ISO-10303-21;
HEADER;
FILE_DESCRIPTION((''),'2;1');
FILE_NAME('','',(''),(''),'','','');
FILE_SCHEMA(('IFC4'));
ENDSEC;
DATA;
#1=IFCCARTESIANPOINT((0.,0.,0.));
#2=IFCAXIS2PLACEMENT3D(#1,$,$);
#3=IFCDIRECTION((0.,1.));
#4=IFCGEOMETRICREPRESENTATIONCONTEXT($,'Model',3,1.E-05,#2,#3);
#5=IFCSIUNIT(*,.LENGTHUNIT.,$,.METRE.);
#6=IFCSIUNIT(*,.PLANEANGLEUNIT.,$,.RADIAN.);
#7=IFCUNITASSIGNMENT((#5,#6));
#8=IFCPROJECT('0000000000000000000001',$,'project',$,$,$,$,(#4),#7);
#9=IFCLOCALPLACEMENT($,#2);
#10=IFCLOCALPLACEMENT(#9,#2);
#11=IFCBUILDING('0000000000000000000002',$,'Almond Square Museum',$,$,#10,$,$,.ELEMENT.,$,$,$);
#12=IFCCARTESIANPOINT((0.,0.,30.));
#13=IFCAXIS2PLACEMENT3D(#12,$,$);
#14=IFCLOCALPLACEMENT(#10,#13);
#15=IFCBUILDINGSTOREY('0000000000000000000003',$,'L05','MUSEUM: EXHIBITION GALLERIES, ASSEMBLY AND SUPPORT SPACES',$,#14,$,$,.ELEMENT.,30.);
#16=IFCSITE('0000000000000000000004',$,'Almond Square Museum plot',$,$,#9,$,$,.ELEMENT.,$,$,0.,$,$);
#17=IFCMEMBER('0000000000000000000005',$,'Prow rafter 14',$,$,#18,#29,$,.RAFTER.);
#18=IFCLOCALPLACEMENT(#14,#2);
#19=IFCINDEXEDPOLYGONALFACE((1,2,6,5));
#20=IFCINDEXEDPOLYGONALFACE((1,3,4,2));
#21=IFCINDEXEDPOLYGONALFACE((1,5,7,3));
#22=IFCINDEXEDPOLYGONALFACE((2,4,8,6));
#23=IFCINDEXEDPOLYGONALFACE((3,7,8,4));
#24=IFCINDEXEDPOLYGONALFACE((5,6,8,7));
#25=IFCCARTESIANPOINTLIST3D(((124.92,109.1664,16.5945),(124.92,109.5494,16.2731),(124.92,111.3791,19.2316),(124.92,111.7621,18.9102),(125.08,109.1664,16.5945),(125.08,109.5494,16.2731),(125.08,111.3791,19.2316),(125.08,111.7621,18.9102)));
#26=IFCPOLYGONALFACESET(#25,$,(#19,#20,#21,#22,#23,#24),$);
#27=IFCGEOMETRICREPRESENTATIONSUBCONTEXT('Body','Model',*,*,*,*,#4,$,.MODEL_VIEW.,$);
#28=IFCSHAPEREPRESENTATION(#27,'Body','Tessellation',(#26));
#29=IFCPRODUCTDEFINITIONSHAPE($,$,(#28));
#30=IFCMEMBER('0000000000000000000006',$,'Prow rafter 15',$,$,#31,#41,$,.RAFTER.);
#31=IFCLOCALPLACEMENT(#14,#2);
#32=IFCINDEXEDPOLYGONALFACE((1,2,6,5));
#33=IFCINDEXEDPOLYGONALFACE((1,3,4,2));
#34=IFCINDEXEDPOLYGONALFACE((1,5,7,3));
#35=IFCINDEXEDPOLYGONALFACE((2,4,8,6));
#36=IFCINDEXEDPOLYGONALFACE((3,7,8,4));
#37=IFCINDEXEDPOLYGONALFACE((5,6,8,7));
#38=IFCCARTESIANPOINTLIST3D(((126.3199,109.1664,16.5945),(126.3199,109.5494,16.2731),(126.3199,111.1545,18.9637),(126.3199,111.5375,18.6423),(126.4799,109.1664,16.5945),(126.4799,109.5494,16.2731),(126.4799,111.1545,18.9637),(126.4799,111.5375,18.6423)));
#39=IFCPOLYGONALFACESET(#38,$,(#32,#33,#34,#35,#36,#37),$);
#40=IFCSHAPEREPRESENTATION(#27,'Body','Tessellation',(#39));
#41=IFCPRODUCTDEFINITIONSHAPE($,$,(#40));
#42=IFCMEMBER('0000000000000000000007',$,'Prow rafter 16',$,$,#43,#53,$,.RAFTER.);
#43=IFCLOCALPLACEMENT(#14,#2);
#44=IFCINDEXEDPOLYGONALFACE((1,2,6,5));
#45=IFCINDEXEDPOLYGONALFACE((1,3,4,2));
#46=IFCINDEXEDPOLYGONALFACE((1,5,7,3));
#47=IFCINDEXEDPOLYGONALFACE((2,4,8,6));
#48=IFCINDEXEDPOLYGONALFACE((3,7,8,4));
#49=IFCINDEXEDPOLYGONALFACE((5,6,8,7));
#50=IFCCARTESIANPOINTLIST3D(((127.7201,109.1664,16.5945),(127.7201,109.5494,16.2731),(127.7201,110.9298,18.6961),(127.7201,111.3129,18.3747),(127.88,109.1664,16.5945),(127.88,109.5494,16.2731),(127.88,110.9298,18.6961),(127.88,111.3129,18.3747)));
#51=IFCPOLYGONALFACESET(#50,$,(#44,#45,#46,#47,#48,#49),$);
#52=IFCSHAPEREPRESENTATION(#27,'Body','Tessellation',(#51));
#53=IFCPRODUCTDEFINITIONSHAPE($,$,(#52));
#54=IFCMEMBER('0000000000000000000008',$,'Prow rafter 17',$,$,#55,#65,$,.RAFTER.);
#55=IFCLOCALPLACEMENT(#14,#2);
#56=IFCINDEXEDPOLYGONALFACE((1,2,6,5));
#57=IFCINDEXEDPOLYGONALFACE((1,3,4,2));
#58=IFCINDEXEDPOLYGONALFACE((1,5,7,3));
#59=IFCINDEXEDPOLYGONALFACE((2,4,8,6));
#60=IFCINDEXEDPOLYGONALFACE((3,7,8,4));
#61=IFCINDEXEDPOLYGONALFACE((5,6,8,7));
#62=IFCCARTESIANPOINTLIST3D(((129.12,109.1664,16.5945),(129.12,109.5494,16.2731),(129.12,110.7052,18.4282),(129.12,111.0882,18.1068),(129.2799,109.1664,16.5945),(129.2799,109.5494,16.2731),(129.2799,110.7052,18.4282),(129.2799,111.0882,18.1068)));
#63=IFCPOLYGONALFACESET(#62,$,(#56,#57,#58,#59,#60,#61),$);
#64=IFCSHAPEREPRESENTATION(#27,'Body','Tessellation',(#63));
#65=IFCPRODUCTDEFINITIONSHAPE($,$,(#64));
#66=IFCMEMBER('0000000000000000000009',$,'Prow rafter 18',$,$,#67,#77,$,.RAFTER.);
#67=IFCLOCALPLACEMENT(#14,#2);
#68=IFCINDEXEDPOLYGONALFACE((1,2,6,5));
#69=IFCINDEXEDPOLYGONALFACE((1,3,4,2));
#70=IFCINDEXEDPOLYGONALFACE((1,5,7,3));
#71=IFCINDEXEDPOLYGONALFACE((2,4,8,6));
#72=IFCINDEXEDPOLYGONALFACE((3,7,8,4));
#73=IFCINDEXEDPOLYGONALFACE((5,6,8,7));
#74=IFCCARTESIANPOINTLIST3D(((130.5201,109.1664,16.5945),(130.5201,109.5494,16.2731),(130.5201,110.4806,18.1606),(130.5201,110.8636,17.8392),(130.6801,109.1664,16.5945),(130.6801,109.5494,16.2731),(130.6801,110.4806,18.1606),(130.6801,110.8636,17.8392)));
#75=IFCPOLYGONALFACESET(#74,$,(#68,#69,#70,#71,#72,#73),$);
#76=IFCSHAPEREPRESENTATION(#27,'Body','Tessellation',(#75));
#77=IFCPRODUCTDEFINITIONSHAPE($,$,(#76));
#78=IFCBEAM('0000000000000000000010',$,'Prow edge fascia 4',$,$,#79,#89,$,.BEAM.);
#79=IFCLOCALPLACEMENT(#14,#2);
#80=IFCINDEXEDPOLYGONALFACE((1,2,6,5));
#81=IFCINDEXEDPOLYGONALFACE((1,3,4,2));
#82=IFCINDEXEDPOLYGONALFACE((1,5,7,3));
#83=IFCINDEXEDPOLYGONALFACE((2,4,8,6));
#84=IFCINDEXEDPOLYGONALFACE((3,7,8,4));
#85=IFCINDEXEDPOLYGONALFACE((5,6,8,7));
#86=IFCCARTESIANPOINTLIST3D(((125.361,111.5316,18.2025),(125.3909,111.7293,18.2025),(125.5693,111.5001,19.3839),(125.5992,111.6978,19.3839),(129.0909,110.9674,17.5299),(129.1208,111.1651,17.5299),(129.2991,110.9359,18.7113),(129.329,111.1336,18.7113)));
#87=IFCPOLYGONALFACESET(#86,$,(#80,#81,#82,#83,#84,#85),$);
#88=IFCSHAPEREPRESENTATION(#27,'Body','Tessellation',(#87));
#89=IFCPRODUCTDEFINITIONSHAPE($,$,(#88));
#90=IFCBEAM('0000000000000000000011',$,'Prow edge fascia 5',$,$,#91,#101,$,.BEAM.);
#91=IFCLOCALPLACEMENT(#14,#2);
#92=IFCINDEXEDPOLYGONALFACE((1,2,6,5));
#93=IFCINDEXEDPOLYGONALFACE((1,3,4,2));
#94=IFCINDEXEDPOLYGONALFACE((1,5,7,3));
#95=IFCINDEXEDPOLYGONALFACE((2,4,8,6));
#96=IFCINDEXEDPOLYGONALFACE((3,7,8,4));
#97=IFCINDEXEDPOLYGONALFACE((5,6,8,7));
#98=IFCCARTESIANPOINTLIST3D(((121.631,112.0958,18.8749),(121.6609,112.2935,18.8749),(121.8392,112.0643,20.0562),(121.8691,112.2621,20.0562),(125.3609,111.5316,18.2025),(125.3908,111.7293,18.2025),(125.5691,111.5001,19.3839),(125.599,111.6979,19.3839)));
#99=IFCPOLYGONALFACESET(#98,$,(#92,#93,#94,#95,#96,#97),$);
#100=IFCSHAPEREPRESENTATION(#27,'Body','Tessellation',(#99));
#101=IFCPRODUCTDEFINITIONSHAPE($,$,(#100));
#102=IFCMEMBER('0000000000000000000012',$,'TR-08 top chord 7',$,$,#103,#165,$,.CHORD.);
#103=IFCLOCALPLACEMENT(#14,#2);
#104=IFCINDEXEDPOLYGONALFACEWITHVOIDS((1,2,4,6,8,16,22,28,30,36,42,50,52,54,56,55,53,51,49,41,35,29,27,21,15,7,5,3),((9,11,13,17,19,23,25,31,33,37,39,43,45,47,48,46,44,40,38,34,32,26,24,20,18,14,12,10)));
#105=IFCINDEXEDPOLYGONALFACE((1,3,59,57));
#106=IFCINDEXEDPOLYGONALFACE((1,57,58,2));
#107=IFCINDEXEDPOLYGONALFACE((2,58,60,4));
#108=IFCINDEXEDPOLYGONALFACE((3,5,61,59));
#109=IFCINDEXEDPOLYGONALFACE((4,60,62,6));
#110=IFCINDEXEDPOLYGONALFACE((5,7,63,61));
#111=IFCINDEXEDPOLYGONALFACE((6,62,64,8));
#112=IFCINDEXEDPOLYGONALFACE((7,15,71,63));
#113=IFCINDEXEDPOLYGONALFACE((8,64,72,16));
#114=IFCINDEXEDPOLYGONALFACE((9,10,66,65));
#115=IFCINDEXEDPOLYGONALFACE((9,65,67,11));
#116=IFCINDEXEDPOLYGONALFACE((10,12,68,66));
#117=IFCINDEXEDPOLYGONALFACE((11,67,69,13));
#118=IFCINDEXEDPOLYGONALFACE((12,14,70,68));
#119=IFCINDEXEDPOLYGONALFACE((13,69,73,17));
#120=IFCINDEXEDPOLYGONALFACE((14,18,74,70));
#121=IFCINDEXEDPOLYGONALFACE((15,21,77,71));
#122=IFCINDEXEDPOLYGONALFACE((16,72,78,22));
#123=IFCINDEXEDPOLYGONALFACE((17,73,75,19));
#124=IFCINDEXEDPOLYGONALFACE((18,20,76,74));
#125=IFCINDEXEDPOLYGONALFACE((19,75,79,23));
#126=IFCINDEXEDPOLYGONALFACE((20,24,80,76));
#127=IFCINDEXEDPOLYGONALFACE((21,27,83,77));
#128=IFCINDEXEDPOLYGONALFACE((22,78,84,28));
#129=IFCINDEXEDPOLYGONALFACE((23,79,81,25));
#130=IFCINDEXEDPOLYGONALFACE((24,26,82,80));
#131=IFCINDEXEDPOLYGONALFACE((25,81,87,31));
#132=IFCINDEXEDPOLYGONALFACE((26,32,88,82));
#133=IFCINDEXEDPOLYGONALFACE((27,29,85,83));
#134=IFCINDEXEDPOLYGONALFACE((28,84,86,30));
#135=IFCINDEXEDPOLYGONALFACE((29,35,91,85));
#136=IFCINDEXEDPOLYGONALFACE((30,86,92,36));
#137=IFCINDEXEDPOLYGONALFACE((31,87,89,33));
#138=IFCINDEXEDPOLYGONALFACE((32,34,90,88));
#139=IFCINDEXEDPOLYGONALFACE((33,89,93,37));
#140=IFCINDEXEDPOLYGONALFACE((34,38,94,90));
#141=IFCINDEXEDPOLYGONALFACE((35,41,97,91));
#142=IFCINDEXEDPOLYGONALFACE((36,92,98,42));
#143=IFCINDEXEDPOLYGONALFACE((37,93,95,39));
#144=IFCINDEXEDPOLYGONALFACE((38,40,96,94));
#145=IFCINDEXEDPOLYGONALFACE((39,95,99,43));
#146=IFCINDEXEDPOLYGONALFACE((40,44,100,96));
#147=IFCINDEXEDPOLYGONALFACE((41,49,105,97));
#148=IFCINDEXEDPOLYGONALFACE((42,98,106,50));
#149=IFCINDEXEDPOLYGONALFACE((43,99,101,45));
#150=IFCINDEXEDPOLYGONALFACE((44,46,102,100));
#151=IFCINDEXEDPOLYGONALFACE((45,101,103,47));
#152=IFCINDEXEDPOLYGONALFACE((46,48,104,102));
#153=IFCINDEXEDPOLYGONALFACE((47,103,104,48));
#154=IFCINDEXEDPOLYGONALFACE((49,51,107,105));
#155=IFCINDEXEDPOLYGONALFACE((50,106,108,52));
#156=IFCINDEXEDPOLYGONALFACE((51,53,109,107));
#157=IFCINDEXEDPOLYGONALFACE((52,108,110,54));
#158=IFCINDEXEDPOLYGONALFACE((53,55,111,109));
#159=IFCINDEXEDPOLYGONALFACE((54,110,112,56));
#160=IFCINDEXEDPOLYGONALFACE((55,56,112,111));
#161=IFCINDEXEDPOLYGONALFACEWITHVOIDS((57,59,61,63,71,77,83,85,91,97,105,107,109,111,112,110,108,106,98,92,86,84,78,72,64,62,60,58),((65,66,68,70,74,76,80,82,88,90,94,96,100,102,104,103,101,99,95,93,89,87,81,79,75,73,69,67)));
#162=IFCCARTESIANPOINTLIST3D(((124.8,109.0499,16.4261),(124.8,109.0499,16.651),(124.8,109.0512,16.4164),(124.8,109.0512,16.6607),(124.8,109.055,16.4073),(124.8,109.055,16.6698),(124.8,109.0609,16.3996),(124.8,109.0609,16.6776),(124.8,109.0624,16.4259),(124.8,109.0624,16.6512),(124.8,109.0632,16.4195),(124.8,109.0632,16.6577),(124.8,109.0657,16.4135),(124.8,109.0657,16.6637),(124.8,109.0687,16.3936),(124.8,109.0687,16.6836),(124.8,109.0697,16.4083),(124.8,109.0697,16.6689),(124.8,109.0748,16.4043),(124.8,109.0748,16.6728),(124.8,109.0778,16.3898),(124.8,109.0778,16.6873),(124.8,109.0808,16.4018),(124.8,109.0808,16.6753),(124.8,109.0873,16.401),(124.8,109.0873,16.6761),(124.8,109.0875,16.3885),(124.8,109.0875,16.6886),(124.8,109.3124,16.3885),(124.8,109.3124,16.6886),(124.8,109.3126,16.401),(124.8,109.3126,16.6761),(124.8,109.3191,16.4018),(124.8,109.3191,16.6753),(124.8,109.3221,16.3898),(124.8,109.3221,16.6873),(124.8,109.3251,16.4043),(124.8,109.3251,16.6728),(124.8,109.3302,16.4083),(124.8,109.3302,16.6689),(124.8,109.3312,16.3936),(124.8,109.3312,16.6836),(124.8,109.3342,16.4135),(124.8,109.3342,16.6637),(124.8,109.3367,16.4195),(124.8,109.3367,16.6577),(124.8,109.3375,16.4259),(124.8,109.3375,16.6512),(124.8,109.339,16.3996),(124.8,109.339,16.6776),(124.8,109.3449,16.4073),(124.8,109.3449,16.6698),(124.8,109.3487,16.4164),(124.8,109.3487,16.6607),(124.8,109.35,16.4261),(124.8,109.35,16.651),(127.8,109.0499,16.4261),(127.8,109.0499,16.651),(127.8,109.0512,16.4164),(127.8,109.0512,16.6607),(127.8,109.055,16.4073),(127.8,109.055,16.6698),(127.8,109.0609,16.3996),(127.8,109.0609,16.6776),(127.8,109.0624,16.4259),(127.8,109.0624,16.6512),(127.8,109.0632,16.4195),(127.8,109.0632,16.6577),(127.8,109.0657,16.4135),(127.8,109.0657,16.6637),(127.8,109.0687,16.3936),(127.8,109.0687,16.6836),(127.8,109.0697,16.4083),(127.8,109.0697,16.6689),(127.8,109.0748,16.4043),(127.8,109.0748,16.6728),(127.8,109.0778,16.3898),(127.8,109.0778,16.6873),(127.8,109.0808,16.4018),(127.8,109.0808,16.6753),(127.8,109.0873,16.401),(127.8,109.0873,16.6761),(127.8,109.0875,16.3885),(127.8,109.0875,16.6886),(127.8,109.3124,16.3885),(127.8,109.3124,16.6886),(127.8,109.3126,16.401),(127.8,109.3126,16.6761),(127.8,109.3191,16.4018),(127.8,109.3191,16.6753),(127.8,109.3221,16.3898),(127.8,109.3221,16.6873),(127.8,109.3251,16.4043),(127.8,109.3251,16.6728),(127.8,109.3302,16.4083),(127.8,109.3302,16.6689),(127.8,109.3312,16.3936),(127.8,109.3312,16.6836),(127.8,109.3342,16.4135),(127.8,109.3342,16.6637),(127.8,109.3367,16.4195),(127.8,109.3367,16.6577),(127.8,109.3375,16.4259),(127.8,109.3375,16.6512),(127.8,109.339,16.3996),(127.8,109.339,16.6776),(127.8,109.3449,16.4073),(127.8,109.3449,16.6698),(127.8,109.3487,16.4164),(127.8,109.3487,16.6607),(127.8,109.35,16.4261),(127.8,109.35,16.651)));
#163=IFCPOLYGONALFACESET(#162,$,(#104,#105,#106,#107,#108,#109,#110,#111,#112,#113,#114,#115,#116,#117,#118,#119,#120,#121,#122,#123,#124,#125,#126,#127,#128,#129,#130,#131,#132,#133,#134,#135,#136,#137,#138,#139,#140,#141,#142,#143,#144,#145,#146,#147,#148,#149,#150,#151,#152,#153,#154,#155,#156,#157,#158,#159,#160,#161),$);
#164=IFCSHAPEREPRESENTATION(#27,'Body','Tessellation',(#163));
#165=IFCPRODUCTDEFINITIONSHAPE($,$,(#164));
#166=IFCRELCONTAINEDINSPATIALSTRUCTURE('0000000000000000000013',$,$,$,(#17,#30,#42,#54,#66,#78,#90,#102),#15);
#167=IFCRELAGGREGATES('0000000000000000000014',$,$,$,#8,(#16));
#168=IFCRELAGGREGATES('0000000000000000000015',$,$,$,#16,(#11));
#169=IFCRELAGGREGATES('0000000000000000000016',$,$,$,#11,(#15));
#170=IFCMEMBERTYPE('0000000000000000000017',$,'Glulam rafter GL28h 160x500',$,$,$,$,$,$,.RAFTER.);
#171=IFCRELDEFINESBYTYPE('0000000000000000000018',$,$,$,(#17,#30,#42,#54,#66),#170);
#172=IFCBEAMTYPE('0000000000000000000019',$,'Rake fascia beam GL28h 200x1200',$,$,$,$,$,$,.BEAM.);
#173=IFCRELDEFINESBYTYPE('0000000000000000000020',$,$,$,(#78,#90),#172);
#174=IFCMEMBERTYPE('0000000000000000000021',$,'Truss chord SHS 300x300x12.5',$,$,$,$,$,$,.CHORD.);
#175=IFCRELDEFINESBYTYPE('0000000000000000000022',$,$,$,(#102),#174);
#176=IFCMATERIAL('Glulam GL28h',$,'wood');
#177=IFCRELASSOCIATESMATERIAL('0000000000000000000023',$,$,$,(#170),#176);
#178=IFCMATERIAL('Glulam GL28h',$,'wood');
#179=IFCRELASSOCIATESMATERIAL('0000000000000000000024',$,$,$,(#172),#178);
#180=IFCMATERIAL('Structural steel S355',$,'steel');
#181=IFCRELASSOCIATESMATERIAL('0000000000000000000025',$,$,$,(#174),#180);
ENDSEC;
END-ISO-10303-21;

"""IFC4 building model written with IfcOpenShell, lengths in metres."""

from ifc_helpers import new_model, si_unit, direction, frame, origin, origin_2d, place, context, subcontext, project, spatial, rectangle, hollow_rectangle, extrude, material, material_profile, profile_set, type_object, element, save


model = new_model("IFC4")

# Units and contexts
model_context = context("Model", 3, precision=1e-05, world=origin(), true_north=direction((0.0, 1.0)))
body_context = subcontext(model_context, "Body", "Model", "MODEL_VIEW")
ifc_project = project(units=[si_unit("LENGTHUNIT", "METRE"), si_unit("PLANEANGLEUNIT", "RADIAN")], contexts=[model_context])

# Site, building, storey
site_placement = place(None, origin())
site = spatial("IfcSite", under=ifc_project, at=site_placement, Name="Almond Square Museum plot", CompositionType="ELEMENT", RefElevation=0.0)
building_placement = place(site_placement, origin())
building = spatial("IfcBuilding", under=site, at=building_placement, Name="Almond Square Museum", CompositionType="ELEMENT")
storey_placement = place(building_placement, frame((0.0, 0.0, 30.0)))
storey = spatial("IfcBuildingStorey", under=building, at=storey_placement, Name="L05", Description="MUSEUM: EXHIBITION GALLERIES, ASSEMBLY AND SUPPORT SPACES", CompositionType="ELEMENT", Elevation=30.0)

# Members
ifc_material_1 = material(Name="Glulam GL28h", Category="wood")
ifc_material_profile_1 = material_profile(ifc_material_1, rectangle(XDim=0.1599, YDim=0.5, at=origin_2d()))
ifc_profile_set_1 = profile_set([ifc_material_profile_1], Name="Glulam GL28h")
member_type_1 = type_object("IfcMemberType", Name="Glulam rafter GL28h 160x500", PredefinedType="RAFTER", material=ifc_profile_set_1)
member_1_placement = place(storey_placement, frame((125.0, 109.3579, 16.4338), z_axis=(0.0, 0.642783, 0.766048), x_axis=(-1.0, 0.0, 0.0)))
element("IfcMember", 1, at=member_1_placement, inside=storey, type_object=member_type_1, Name="Prow rafter 14", PredefinedType="RAFTER", context=body_context, shape_type="SweptSolid", body=[
    extrude(rectangle(XDim=0.1599, YDim=0.5, at=origin_2d()), origin(), (0.0, 0.0, 1.0), 3.4424),
])
member_2_placement = place(storey_placement, frame((126.3999, 109.3579, 16.4338), z_axis=(0.0, 0.642805, 0.76603), x_axis=(-1.0, 0.0, 0.0)))
element("IfcMember", 2, at=member_2_placement, inside=storey, type_object=member_type_1, Name="Prow rafter 15", PredefinedType="RAFTER", context=body_context, shape_type="SweptSolid", body=[
    extrude(rectangle(XDim=0.1599, YDim=0.5, at=origin_2d()), origin(), (0.0, 0.0, 1.0), 3.0928),
])
member_3_placement = place(storey_placement, frame((127.8, 109.3579, 16.4338), z_axis=(0.0, 0.642789, 0.766043), x_axis=(-1.0, 0.0, 0.0)))
element("IfcMember", 3, at=member_3_placement, inside=storey, type_object=member_type_1, Name="Prow rafter 16", PredefinedType="RAFTER", context=body_context, shape_type="SweptSolid", body=[
    extrude(rectangle(XDim=0.1599, YDim=0.5, at=origin_2d()), origin(), (0.0, 0.0, 1.0), 2.7434),
])
member_4_placement = place(storey_placement, frame((129.2, 109.3579, 16.4338), z_axis=(0.0, 0.642819, 0.766018), x_axis=(-1.0, 0.0, 0.0)))
element("IfcMember", 4, at=member_4_placement, inside=storey, type_object=member_type_1, Name="Prow rafter 17", PredefinedType="RAFTER", context=body_context, shape_type="SweptSolid", body=[
    extrude(rectangle(XDim=0.1599, YDim=0.5, at=origin_2d()), origin(), (0.0, 0.0, 1.0), 2.3938),
])
member_5_placement = place(storey_placement, frame((130.6001, 109.3579, 16.4338), z_axis=(0.0, 0.6428, 0.766034), x_axis=(-1.0, 0.0, 0.0)))
element("IfcMember", 5, at=member_5_placement, inside=storey, type_object=member_type_1, Name="Prow rafter 18", PredefinedType="RAFTER", context=body_context, shape_type="SweptSolid", body=[
    extrude(rectangle(XDim=0.1599, YDim=0.5, at=origin_2d()), origin(), (0.0, 0.0, 1.0), 2.0444),
])

# Beams
ifc_material_2 = material(Name="Glulam GL28h", Category="wood")
ifc_material_profile_2 = material_profile(ifc_material_2, rectangle(XDim=0.2, YDim=1.2, at=origin_2d()))
ifc_profile_set_2 = profile_set([ifc_material_profile_2], Name="Glulam GL28h")
beam_type = type_object("IfcBeamType", Name="Rake fascia beam GL28h 200x1200", PredefinedType="BEAM", material=ifc_profile_set_2)
for number, where, z_axis, x_axis, name in (
    (6, (129.21, 111.0505, 18.1206), (-0.973401, 0.14724, 0.175528), (-0.149562, -0.988752, 0.0), "Prow edge fascia 4"),
    (7, (125.48, 111.6147, 18.7932), (-0.973412, 0.147242, 0.175467), (-0.149562, -0.988752, 0.0), "Prow edge fascia 5"),
):
    element("IfcBeam", number, at=place(storey_placement, frame(where, z_axis=z_axis, x_axis=x_axis)), inside=storey, type_object=beam_type, Name=name, PredefinedType="BEAM", context=body_context, shape_type="SweptSolid", body=[
        extrude(rectangle(XDim=0.2, YDim=1.2, at=origin_2d()), origin(), (0.0, 0.0, 1.0), 3.8318),
    ])

# Member
ifc_material_3 = material(Name="Structural steel S355", Category="steel")
ifc_material_profile_3 = material_profile(ifc_material_3, hollow_rectangle(XDim=0.3, YDim=0.3, WallThickness=0.0125, InnerFilletRadius=0.0249, OuterFilletRadius=0.0376, at=origin_2d()))
ifc_profile_set_3 = profile_set([ifc_material_profile_3], Name="Structural steel S355")
member_type_2 = type_object("IfcMemberType", Name="Truss chord SHS 300x300x12.5", PredefinedType="CHORD", material=ifc_profile_set_3)
for number, where, z_axis, x_axis, name in (
    (8, (124.8, 109.2, 16.5386), (1.0, 0.0, 0.0), (0.0, 1.0, 0.0), "TR-08 top chord 7"),
):
    element("IfcMember", number, at=place(storey_placement, frame(where, z_axis=z_axis, x_axis=x_axis)), inside=storey, type_object=member_type_2, Name=name, PredefinedType="CHORD", context=body_context, shape_type="SweptSolid", body=[
        extrude(hollow_rectangle(XDim=0.3, YDim=0.3, WallThickness=0.0125, InnerFilletRadius=0.0249, OuterFilletRadius=0.0376, at=origin_2d()), origin(), (0.0, 0.0, 1.0), 3.0),
    ])

save(model, "model.ifc")
